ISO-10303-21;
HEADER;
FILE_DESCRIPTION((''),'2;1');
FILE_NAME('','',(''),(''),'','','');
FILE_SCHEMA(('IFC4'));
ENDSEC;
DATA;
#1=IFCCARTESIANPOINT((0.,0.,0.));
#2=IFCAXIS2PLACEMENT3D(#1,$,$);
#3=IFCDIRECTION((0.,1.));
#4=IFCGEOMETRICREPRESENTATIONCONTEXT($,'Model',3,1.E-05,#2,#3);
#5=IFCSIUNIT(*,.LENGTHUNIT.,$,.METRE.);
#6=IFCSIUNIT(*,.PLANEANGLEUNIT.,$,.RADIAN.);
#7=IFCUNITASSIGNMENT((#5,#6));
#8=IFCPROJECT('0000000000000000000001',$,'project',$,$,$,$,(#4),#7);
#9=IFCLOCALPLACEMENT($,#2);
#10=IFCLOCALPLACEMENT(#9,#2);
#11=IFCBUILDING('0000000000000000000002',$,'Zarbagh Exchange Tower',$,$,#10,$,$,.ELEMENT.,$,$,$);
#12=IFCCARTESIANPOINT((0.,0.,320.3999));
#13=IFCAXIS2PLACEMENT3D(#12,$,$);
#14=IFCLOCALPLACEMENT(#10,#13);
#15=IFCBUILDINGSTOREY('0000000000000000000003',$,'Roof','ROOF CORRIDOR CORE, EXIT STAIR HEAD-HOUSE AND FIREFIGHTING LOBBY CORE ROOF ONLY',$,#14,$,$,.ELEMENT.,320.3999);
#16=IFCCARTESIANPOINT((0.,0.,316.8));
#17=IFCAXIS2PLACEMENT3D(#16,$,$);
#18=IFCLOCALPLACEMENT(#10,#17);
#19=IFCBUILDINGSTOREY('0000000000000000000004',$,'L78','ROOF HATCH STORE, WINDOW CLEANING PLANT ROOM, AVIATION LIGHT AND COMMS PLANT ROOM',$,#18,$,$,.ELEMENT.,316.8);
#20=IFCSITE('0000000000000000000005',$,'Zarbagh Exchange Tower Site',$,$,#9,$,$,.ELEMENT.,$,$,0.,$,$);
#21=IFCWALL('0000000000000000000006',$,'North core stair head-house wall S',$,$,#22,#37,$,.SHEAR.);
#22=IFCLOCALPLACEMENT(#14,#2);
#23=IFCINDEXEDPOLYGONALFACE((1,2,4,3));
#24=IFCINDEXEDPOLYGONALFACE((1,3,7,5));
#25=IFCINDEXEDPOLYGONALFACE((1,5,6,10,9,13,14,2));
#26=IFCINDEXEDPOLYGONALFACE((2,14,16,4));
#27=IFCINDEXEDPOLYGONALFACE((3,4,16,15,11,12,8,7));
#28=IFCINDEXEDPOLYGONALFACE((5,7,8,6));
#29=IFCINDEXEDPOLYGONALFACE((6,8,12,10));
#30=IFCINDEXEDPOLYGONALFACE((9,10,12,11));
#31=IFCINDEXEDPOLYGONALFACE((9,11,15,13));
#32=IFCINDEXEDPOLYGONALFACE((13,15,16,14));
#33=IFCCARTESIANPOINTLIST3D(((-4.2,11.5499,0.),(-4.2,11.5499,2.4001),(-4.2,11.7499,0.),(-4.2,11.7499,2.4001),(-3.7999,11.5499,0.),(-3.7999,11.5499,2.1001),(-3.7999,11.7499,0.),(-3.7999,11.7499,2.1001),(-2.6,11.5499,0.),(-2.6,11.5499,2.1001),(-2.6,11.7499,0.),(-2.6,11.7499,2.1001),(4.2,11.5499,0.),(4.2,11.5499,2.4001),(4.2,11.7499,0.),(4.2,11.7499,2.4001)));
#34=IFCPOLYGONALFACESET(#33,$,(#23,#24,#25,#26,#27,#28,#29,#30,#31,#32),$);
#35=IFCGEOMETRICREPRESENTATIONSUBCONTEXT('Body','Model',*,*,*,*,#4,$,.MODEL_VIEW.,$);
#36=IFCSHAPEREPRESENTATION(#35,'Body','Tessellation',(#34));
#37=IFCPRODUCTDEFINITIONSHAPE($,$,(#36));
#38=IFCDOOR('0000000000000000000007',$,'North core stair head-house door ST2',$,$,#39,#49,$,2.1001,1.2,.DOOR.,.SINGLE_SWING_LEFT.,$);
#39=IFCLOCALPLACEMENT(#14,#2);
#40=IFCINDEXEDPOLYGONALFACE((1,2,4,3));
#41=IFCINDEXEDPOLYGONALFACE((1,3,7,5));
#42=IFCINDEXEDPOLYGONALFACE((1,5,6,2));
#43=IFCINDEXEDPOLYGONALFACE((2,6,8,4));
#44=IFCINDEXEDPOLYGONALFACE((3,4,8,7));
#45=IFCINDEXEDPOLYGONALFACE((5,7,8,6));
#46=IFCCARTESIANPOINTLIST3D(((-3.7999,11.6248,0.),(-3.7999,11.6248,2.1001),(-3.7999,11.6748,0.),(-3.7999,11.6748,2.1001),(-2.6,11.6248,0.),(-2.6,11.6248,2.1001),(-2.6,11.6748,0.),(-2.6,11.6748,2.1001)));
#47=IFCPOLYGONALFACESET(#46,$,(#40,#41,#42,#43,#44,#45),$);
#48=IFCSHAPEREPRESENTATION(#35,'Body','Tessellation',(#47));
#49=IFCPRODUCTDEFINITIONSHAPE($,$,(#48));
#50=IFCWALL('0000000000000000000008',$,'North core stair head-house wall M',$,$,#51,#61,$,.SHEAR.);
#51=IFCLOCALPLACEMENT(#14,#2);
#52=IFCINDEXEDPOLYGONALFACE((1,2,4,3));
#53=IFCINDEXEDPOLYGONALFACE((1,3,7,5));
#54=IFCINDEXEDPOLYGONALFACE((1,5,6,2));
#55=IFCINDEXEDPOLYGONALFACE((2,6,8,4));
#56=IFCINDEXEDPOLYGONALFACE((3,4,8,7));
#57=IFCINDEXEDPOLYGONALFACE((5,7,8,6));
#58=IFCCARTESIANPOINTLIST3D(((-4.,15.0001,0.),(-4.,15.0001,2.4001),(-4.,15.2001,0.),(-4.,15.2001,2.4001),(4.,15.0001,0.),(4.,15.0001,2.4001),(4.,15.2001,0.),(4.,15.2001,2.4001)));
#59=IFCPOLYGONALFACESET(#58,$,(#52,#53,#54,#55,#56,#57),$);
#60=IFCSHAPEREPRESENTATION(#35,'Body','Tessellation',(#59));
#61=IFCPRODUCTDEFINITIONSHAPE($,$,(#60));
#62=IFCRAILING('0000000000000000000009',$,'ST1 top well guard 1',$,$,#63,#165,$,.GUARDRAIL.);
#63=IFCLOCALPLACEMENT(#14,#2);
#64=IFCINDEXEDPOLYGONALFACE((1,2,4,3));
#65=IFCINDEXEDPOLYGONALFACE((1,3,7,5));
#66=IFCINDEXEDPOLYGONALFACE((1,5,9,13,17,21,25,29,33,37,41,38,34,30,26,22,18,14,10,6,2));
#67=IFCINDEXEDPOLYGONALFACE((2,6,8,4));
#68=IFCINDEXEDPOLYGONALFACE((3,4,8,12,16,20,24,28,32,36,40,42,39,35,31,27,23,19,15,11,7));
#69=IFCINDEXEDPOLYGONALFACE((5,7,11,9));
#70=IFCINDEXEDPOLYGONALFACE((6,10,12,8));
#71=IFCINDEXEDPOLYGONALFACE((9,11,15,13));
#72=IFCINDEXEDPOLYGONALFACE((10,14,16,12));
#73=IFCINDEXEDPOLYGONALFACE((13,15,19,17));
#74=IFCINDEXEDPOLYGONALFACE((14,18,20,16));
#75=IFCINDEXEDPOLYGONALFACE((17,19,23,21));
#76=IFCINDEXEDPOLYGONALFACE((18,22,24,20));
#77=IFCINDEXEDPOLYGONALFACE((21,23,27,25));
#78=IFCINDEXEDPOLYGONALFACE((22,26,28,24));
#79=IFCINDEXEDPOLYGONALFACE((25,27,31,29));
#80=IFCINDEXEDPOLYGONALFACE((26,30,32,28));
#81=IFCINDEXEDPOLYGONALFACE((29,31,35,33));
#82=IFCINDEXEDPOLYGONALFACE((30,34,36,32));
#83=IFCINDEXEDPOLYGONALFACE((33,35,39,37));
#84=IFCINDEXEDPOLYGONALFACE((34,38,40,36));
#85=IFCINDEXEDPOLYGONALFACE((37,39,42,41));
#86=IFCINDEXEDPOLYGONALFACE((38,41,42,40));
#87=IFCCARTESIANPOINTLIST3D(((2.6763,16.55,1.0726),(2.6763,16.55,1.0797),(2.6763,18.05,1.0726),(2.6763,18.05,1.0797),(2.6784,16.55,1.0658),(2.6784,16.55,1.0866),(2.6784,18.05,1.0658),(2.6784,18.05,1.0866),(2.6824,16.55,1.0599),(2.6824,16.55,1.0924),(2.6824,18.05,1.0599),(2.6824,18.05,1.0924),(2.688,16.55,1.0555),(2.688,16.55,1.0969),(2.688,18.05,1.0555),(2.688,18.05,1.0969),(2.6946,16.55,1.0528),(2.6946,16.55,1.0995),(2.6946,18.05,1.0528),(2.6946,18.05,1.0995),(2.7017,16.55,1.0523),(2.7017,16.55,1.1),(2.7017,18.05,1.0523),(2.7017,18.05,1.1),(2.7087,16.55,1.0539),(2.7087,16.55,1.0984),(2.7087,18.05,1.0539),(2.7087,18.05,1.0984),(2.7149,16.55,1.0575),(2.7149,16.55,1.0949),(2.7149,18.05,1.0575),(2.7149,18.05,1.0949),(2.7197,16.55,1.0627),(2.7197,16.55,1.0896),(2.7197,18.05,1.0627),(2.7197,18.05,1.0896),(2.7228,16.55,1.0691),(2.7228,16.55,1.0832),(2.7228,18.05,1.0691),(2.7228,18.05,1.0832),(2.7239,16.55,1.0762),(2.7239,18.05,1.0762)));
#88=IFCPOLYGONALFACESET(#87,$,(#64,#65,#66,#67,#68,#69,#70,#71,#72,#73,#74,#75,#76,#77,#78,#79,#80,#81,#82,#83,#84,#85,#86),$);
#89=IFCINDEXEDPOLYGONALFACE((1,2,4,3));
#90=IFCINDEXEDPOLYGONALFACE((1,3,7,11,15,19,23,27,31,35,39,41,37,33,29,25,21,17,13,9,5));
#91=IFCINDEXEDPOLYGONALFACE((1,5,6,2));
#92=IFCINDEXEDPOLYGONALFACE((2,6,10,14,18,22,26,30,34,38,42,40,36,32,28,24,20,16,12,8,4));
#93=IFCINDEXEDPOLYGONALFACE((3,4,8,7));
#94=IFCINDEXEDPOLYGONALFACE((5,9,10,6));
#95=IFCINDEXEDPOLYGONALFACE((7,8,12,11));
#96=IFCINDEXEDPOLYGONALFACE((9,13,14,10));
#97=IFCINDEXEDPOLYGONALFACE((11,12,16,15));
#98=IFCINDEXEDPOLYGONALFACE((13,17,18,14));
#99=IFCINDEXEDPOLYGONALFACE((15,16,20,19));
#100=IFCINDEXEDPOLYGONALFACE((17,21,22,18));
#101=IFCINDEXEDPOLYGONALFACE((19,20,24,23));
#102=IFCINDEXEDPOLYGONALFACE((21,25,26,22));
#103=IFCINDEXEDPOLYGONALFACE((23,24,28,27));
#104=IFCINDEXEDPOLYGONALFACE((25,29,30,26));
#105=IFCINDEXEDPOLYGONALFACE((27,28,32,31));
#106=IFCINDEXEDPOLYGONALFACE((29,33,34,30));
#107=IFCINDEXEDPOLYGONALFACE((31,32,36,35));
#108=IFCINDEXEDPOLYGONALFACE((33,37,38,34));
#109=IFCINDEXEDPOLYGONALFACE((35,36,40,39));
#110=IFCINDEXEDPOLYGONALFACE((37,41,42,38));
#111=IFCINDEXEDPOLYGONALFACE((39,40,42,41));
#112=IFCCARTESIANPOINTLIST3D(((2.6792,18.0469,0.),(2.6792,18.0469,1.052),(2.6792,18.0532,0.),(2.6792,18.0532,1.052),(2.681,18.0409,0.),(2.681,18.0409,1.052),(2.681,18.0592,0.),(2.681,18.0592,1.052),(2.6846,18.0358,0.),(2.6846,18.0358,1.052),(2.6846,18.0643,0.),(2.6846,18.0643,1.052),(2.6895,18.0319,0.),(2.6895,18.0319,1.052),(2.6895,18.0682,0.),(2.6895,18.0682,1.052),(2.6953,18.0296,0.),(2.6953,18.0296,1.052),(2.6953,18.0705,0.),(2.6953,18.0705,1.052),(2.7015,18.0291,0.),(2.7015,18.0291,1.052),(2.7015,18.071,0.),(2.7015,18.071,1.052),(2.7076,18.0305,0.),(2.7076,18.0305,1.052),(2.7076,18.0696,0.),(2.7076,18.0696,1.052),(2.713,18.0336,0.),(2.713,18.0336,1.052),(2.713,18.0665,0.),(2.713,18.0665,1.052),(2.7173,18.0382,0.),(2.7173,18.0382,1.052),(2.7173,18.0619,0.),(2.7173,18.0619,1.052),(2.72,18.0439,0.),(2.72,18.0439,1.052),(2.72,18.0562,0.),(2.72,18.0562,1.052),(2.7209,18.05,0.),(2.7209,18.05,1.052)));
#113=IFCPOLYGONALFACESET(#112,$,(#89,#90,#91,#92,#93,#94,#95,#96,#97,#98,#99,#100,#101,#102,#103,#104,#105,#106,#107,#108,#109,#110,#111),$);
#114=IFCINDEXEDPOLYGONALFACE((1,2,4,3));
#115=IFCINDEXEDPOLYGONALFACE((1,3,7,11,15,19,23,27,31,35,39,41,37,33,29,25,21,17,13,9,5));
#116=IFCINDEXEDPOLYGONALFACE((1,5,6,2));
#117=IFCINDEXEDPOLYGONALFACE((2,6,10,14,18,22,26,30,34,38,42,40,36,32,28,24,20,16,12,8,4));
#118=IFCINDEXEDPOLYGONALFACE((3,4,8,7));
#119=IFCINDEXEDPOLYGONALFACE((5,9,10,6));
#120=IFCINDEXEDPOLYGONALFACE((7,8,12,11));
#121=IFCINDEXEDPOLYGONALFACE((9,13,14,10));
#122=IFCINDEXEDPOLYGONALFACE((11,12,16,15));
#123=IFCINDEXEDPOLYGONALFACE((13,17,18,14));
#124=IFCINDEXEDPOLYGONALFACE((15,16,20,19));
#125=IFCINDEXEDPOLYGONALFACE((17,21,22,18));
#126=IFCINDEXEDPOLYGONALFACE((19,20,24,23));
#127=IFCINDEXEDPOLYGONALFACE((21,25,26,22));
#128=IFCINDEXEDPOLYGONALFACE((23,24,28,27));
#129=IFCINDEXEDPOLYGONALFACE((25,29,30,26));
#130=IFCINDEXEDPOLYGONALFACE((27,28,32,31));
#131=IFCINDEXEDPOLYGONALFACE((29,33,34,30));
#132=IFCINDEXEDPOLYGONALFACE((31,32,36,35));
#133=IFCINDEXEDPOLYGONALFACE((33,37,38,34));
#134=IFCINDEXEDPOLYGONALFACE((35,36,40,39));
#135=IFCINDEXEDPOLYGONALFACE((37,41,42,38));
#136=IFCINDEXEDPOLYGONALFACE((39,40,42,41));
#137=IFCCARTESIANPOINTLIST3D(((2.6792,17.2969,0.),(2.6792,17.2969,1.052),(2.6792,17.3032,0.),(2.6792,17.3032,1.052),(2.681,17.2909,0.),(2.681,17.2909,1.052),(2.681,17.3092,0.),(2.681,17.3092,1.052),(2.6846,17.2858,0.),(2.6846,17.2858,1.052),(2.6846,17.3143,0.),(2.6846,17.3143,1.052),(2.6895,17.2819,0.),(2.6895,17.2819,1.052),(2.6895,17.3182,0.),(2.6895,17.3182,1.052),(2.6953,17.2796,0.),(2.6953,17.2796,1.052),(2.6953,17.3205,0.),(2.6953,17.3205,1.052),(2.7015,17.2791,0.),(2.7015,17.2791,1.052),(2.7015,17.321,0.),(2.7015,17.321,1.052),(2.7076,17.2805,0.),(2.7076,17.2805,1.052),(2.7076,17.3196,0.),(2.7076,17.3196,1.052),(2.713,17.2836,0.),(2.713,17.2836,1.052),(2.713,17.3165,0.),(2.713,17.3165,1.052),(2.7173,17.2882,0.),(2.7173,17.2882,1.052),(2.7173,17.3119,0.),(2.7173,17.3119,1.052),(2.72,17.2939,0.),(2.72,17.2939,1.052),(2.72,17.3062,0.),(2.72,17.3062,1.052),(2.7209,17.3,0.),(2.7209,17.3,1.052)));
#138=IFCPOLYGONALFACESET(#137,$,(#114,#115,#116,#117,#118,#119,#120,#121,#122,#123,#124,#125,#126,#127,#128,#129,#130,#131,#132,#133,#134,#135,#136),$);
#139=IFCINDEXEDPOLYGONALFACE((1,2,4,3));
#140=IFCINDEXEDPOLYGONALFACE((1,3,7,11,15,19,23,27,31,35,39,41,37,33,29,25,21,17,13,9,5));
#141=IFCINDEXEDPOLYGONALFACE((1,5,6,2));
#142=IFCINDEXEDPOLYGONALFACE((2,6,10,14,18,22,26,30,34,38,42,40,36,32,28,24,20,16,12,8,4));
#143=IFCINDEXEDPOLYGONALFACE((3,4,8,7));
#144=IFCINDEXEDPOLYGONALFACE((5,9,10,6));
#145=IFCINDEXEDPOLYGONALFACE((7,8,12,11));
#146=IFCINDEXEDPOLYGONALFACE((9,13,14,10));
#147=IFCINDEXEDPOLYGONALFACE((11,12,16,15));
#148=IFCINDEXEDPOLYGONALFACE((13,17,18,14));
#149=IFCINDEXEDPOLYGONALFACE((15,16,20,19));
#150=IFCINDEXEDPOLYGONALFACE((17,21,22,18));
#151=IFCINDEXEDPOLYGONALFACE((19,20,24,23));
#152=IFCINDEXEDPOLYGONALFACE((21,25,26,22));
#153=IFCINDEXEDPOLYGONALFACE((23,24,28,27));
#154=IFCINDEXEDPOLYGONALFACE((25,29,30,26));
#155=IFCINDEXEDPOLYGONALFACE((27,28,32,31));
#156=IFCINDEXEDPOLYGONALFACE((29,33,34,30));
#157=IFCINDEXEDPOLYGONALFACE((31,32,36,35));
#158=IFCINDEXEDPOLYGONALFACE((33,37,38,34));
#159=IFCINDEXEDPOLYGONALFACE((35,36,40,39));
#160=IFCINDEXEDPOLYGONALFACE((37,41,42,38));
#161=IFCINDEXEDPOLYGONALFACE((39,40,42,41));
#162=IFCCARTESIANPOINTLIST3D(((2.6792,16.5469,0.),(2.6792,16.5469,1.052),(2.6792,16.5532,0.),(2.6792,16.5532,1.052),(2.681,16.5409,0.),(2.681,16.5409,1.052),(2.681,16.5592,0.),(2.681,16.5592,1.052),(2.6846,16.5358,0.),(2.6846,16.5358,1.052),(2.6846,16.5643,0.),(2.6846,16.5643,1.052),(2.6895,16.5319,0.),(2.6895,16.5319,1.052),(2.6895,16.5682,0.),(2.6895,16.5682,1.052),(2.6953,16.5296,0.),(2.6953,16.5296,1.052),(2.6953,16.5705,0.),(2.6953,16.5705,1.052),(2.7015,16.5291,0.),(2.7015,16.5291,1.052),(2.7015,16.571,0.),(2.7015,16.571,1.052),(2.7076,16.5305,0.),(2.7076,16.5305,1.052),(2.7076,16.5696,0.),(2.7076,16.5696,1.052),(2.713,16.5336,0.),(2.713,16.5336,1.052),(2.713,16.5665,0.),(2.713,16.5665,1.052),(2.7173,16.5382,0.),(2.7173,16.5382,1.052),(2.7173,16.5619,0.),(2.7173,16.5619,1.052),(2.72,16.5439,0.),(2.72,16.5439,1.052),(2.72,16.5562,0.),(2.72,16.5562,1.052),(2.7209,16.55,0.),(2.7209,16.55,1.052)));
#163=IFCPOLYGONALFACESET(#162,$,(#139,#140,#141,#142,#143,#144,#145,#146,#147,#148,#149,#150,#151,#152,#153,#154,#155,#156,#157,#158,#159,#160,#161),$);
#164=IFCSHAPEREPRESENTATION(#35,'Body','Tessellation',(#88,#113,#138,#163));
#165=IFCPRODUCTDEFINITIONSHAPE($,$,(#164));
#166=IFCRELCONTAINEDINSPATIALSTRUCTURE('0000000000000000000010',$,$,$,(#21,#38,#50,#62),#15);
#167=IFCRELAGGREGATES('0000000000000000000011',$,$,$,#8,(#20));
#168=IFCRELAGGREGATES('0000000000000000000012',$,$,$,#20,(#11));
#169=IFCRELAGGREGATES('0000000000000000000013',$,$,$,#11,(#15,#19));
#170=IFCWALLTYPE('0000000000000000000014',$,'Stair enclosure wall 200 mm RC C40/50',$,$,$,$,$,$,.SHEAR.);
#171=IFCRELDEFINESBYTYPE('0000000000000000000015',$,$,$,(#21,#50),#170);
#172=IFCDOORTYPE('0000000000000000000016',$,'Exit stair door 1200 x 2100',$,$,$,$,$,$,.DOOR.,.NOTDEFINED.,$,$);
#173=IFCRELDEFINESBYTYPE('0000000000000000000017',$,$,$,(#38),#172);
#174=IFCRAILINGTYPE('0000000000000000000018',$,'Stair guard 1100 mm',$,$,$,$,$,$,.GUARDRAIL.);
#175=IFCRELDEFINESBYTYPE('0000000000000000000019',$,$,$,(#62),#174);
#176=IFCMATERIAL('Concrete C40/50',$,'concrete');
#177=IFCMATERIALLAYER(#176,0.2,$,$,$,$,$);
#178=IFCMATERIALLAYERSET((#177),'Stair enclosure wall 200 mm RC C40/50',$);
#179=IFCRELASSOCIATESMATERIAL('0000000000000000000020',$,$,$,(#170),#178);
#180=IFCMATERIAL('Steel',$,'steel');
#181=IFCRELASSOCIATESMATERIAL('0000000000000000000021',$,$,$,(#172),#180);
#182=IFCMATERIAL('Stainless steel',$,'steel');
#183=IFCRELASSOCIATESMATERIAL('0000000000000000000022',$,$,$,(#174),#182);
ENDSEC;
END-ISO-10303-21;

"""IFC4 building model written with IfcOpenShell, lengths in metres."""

from ifc_helpers import new_model, si_unit, direction, frame, frame_2d, origin, origin_2d, place, context, subcontext, project, spatial, rectangle, circle, extrude, material, layer, layer_set, type_object, element, fill, save


model = new_model("IFC4")

# Units and contexts
model_context = context("Model", 3, precision=1e-05, world=origin(), true_north=direction((0.0, 1.0)))
body_context = subcontext(model_context, "Body", "Model", "MODEL_VIEW")
ifc_project = project(units=[si_unit("LENGTHUNIT", "METRE"), si_unit("PLANEANGLEUNIT", "RADIAN")], contexts=[model_context])

# Site, building, storey
site_placement = place(None, origin())
site = spatial("IfcSite", under=ifc_project, at=site_placement, Name="Zarbagh Exchange Tower Site", CompositionType="ELEMENT", RefElevation=0.0)
building_placement = place(site_placement, origin())
building = spatial("IfcBuilding", under=site, at=building_placement, Name="Zarbagh Exchange Tower", CompositionType="ELEMENT")
storey_1_placement = place(building_placement, frame((0.0, 0.0, 320.3999)))
storey_1 = spatial("IfcBuildingStorey", under=building, at=storey_1_placement, Name="Roof", Description="ROOF CORRIDOR CORE, EXIT STAIR HEAD-HOUSE AND FIREFIGHTING LOBBY CORE ROOF ONLY", CompositionType="ELEMENT", Elevation=320.3999)

# Shared definitions
ifc_material_1 = material(Name="Concrete C40/50", Category="concrete")

# Shared definitions
storey_2_placement = place(building_placement, frame((0.0, 0.0, 316.8)))
storey_2 = spatial("IfcBuildingStorey", under=building, at=storey_2_placement, Name="L78", Description="ROOF HATCH STORE, WINDOW CLEANING PLANT ROOM, AVIATION LIGHT AND COMMS PLANT ROOM", CompositionType="ELEMENT", Elevation=316.8)

# Shared definitions
ifc_layer_1 = layer(ifc_material_1, 0.2)
ifc_layer_set_1 = layer_set([ifc_layer_1], Name="Stair enclosure wall 200 mm RC C40/50")
wall_type_1 = type_object("IfcWallType", Name="Stair enclosure wall 200 mm RC C40/50", PredefinedType="SHEAR", material=ifc_layer_set_1)
ifc_material_2 = material(Name="Stainless steel", Category="steel")

# Shared definitions
ifc_material_3 = material(Name="Steel", Category="steel")

# Wall, opening, door
wall_1_placement = place(storey_1_placement, frame((-4.2, 11.6499, 0.0), z_axis=(0.0, 0.0, 1.0), x_axis=(1.0, 0.0, 0.0)))
wall_1 = element("IfcWall", 1, at=wall_1_placement, inside=storey_1, type_object=wall_type_1, Name="North core stair head-house wall S", PredefinedType="SHEAR", context=body_context, shape_type="SweptSolid", body=[
    extrude(rectangle(XDim=8.3999, YDim=0.2, at=frame_2d((4.2, 0.0))), origin(), (0.0, 0.0, 1.0), 2.4001),
])
opening_1_placement = place(wall_1_placement, frame((0.3999, 0.0, 0.0)))
opening_1 = element("IfcOpeningElement", 2, at=opening_1_placement, cuts=wall_1, PredefinedType="OPENING", context=body_context, shape_type="SweptSolid", body=[
    extrude(rectangle(XDim=1.2, YDim=2.1001, at=frame_2d((0.6001, 1.05))), frame((0.0, 0.1099, 0.0), z_axis=(0.0, -1.0, 0.0), x_axis=(1.0, 0.0, 0.0)), (0.0, 0.0, 1.0), 0.22),
])
door_type_1 = type_object("IfcDoorType", Name="Exit stair door 1200 x 2100", OperationType="NOTDEFINED", PredefinedType="DOOR", material=ifc_material_3)
door_1_placement = place(opening_1_placement, origin())
door_1 = element("IfcDoor", 3, at=door_1_placement, inside=storey_1, type_object=door_type_1, Name="North core stair head-house door ST2", OperationType="SINGLE_SWING_LEFT", OverallHeight=2.1001, OverallWidth=1.2, PredefinedType="DOOR", context=body_context, shape_type="SweptSolid", body=[
    extrude(rectangle(XDim=1.2, YDim=2.1001, at=frame_2d((0.6001, 1.05))), frame((0.0, 0.0249, 0.0), z_axis=(0.0, -1.0, 0.0), x_axis=(1.0, 0.0, 0.0)), (0.0, 0.0, 1.0), 0.05),
])
fill(opening_1, door_1)

# Wall
wall_2_placement = place(storey_1_placement, frame((-4.0, 15.1001, 0.0), z_axis=(0.0, 0.0, 1.0), x_axis=(1.0, 0.0, 0.0)))
element("IfcWall", 4, at=wall_2_placement, inside=storey_1, type_object=wall_type_1, Name="North core stair head-house wall M", PredefinedType="SHEAR", context=body_context, shape_type="SweptSolid", body=[
    extrude(rectangle(XDim=8.0, YDim=0.2, at=frame_2d((4.0, 0.0))), origin(), (0.0, 0.0, 1.0), 2.4001),
])

# Railing
railing_type = type_object("IfcRailingType", Name="Stair guard 1100 mm", PredefinedType="GUARDRAIL", material=ifc_material_2)
railing_1_placement = place(storey_1_placement, frame((2.7, 18.05, 0.0)))
element("IfcRailing", 5, at=railing_1_placement, inside=storey_1, type_object=railing_type, Name="ST1 top well guard 1", PredefinedType="GUARDRAIL", context=body_context, shape_type="SweptSolid", body=[
    extrude(circle(Radius=0.0239, at=origin_2d()), frame((0.0, 0.0, 1.0762), z_axis=(0.0, -1.0, 0.0), x_axis=(1.0, 0.0, 0.0)), (0.0, 0.0, 1.0), 1.5),
    extrude(circle(Radius=0.021, at=origin_2d()), origin(), (0.0, 0.0, 1.0), 1.052),
    extrude(circle(Radius=0.021, at=origin_2d()), frame((0.0, -0.75, 0.0)), (0.0, 0.0, 1.0), 1.052),
    extrude(circle(Radius=0.021, at=origin_2d()), frame((0.0, -1.5, 0.0)), (0.0, 0.0, 1.0), 1.052),
])

save(model, "model.ifc")
